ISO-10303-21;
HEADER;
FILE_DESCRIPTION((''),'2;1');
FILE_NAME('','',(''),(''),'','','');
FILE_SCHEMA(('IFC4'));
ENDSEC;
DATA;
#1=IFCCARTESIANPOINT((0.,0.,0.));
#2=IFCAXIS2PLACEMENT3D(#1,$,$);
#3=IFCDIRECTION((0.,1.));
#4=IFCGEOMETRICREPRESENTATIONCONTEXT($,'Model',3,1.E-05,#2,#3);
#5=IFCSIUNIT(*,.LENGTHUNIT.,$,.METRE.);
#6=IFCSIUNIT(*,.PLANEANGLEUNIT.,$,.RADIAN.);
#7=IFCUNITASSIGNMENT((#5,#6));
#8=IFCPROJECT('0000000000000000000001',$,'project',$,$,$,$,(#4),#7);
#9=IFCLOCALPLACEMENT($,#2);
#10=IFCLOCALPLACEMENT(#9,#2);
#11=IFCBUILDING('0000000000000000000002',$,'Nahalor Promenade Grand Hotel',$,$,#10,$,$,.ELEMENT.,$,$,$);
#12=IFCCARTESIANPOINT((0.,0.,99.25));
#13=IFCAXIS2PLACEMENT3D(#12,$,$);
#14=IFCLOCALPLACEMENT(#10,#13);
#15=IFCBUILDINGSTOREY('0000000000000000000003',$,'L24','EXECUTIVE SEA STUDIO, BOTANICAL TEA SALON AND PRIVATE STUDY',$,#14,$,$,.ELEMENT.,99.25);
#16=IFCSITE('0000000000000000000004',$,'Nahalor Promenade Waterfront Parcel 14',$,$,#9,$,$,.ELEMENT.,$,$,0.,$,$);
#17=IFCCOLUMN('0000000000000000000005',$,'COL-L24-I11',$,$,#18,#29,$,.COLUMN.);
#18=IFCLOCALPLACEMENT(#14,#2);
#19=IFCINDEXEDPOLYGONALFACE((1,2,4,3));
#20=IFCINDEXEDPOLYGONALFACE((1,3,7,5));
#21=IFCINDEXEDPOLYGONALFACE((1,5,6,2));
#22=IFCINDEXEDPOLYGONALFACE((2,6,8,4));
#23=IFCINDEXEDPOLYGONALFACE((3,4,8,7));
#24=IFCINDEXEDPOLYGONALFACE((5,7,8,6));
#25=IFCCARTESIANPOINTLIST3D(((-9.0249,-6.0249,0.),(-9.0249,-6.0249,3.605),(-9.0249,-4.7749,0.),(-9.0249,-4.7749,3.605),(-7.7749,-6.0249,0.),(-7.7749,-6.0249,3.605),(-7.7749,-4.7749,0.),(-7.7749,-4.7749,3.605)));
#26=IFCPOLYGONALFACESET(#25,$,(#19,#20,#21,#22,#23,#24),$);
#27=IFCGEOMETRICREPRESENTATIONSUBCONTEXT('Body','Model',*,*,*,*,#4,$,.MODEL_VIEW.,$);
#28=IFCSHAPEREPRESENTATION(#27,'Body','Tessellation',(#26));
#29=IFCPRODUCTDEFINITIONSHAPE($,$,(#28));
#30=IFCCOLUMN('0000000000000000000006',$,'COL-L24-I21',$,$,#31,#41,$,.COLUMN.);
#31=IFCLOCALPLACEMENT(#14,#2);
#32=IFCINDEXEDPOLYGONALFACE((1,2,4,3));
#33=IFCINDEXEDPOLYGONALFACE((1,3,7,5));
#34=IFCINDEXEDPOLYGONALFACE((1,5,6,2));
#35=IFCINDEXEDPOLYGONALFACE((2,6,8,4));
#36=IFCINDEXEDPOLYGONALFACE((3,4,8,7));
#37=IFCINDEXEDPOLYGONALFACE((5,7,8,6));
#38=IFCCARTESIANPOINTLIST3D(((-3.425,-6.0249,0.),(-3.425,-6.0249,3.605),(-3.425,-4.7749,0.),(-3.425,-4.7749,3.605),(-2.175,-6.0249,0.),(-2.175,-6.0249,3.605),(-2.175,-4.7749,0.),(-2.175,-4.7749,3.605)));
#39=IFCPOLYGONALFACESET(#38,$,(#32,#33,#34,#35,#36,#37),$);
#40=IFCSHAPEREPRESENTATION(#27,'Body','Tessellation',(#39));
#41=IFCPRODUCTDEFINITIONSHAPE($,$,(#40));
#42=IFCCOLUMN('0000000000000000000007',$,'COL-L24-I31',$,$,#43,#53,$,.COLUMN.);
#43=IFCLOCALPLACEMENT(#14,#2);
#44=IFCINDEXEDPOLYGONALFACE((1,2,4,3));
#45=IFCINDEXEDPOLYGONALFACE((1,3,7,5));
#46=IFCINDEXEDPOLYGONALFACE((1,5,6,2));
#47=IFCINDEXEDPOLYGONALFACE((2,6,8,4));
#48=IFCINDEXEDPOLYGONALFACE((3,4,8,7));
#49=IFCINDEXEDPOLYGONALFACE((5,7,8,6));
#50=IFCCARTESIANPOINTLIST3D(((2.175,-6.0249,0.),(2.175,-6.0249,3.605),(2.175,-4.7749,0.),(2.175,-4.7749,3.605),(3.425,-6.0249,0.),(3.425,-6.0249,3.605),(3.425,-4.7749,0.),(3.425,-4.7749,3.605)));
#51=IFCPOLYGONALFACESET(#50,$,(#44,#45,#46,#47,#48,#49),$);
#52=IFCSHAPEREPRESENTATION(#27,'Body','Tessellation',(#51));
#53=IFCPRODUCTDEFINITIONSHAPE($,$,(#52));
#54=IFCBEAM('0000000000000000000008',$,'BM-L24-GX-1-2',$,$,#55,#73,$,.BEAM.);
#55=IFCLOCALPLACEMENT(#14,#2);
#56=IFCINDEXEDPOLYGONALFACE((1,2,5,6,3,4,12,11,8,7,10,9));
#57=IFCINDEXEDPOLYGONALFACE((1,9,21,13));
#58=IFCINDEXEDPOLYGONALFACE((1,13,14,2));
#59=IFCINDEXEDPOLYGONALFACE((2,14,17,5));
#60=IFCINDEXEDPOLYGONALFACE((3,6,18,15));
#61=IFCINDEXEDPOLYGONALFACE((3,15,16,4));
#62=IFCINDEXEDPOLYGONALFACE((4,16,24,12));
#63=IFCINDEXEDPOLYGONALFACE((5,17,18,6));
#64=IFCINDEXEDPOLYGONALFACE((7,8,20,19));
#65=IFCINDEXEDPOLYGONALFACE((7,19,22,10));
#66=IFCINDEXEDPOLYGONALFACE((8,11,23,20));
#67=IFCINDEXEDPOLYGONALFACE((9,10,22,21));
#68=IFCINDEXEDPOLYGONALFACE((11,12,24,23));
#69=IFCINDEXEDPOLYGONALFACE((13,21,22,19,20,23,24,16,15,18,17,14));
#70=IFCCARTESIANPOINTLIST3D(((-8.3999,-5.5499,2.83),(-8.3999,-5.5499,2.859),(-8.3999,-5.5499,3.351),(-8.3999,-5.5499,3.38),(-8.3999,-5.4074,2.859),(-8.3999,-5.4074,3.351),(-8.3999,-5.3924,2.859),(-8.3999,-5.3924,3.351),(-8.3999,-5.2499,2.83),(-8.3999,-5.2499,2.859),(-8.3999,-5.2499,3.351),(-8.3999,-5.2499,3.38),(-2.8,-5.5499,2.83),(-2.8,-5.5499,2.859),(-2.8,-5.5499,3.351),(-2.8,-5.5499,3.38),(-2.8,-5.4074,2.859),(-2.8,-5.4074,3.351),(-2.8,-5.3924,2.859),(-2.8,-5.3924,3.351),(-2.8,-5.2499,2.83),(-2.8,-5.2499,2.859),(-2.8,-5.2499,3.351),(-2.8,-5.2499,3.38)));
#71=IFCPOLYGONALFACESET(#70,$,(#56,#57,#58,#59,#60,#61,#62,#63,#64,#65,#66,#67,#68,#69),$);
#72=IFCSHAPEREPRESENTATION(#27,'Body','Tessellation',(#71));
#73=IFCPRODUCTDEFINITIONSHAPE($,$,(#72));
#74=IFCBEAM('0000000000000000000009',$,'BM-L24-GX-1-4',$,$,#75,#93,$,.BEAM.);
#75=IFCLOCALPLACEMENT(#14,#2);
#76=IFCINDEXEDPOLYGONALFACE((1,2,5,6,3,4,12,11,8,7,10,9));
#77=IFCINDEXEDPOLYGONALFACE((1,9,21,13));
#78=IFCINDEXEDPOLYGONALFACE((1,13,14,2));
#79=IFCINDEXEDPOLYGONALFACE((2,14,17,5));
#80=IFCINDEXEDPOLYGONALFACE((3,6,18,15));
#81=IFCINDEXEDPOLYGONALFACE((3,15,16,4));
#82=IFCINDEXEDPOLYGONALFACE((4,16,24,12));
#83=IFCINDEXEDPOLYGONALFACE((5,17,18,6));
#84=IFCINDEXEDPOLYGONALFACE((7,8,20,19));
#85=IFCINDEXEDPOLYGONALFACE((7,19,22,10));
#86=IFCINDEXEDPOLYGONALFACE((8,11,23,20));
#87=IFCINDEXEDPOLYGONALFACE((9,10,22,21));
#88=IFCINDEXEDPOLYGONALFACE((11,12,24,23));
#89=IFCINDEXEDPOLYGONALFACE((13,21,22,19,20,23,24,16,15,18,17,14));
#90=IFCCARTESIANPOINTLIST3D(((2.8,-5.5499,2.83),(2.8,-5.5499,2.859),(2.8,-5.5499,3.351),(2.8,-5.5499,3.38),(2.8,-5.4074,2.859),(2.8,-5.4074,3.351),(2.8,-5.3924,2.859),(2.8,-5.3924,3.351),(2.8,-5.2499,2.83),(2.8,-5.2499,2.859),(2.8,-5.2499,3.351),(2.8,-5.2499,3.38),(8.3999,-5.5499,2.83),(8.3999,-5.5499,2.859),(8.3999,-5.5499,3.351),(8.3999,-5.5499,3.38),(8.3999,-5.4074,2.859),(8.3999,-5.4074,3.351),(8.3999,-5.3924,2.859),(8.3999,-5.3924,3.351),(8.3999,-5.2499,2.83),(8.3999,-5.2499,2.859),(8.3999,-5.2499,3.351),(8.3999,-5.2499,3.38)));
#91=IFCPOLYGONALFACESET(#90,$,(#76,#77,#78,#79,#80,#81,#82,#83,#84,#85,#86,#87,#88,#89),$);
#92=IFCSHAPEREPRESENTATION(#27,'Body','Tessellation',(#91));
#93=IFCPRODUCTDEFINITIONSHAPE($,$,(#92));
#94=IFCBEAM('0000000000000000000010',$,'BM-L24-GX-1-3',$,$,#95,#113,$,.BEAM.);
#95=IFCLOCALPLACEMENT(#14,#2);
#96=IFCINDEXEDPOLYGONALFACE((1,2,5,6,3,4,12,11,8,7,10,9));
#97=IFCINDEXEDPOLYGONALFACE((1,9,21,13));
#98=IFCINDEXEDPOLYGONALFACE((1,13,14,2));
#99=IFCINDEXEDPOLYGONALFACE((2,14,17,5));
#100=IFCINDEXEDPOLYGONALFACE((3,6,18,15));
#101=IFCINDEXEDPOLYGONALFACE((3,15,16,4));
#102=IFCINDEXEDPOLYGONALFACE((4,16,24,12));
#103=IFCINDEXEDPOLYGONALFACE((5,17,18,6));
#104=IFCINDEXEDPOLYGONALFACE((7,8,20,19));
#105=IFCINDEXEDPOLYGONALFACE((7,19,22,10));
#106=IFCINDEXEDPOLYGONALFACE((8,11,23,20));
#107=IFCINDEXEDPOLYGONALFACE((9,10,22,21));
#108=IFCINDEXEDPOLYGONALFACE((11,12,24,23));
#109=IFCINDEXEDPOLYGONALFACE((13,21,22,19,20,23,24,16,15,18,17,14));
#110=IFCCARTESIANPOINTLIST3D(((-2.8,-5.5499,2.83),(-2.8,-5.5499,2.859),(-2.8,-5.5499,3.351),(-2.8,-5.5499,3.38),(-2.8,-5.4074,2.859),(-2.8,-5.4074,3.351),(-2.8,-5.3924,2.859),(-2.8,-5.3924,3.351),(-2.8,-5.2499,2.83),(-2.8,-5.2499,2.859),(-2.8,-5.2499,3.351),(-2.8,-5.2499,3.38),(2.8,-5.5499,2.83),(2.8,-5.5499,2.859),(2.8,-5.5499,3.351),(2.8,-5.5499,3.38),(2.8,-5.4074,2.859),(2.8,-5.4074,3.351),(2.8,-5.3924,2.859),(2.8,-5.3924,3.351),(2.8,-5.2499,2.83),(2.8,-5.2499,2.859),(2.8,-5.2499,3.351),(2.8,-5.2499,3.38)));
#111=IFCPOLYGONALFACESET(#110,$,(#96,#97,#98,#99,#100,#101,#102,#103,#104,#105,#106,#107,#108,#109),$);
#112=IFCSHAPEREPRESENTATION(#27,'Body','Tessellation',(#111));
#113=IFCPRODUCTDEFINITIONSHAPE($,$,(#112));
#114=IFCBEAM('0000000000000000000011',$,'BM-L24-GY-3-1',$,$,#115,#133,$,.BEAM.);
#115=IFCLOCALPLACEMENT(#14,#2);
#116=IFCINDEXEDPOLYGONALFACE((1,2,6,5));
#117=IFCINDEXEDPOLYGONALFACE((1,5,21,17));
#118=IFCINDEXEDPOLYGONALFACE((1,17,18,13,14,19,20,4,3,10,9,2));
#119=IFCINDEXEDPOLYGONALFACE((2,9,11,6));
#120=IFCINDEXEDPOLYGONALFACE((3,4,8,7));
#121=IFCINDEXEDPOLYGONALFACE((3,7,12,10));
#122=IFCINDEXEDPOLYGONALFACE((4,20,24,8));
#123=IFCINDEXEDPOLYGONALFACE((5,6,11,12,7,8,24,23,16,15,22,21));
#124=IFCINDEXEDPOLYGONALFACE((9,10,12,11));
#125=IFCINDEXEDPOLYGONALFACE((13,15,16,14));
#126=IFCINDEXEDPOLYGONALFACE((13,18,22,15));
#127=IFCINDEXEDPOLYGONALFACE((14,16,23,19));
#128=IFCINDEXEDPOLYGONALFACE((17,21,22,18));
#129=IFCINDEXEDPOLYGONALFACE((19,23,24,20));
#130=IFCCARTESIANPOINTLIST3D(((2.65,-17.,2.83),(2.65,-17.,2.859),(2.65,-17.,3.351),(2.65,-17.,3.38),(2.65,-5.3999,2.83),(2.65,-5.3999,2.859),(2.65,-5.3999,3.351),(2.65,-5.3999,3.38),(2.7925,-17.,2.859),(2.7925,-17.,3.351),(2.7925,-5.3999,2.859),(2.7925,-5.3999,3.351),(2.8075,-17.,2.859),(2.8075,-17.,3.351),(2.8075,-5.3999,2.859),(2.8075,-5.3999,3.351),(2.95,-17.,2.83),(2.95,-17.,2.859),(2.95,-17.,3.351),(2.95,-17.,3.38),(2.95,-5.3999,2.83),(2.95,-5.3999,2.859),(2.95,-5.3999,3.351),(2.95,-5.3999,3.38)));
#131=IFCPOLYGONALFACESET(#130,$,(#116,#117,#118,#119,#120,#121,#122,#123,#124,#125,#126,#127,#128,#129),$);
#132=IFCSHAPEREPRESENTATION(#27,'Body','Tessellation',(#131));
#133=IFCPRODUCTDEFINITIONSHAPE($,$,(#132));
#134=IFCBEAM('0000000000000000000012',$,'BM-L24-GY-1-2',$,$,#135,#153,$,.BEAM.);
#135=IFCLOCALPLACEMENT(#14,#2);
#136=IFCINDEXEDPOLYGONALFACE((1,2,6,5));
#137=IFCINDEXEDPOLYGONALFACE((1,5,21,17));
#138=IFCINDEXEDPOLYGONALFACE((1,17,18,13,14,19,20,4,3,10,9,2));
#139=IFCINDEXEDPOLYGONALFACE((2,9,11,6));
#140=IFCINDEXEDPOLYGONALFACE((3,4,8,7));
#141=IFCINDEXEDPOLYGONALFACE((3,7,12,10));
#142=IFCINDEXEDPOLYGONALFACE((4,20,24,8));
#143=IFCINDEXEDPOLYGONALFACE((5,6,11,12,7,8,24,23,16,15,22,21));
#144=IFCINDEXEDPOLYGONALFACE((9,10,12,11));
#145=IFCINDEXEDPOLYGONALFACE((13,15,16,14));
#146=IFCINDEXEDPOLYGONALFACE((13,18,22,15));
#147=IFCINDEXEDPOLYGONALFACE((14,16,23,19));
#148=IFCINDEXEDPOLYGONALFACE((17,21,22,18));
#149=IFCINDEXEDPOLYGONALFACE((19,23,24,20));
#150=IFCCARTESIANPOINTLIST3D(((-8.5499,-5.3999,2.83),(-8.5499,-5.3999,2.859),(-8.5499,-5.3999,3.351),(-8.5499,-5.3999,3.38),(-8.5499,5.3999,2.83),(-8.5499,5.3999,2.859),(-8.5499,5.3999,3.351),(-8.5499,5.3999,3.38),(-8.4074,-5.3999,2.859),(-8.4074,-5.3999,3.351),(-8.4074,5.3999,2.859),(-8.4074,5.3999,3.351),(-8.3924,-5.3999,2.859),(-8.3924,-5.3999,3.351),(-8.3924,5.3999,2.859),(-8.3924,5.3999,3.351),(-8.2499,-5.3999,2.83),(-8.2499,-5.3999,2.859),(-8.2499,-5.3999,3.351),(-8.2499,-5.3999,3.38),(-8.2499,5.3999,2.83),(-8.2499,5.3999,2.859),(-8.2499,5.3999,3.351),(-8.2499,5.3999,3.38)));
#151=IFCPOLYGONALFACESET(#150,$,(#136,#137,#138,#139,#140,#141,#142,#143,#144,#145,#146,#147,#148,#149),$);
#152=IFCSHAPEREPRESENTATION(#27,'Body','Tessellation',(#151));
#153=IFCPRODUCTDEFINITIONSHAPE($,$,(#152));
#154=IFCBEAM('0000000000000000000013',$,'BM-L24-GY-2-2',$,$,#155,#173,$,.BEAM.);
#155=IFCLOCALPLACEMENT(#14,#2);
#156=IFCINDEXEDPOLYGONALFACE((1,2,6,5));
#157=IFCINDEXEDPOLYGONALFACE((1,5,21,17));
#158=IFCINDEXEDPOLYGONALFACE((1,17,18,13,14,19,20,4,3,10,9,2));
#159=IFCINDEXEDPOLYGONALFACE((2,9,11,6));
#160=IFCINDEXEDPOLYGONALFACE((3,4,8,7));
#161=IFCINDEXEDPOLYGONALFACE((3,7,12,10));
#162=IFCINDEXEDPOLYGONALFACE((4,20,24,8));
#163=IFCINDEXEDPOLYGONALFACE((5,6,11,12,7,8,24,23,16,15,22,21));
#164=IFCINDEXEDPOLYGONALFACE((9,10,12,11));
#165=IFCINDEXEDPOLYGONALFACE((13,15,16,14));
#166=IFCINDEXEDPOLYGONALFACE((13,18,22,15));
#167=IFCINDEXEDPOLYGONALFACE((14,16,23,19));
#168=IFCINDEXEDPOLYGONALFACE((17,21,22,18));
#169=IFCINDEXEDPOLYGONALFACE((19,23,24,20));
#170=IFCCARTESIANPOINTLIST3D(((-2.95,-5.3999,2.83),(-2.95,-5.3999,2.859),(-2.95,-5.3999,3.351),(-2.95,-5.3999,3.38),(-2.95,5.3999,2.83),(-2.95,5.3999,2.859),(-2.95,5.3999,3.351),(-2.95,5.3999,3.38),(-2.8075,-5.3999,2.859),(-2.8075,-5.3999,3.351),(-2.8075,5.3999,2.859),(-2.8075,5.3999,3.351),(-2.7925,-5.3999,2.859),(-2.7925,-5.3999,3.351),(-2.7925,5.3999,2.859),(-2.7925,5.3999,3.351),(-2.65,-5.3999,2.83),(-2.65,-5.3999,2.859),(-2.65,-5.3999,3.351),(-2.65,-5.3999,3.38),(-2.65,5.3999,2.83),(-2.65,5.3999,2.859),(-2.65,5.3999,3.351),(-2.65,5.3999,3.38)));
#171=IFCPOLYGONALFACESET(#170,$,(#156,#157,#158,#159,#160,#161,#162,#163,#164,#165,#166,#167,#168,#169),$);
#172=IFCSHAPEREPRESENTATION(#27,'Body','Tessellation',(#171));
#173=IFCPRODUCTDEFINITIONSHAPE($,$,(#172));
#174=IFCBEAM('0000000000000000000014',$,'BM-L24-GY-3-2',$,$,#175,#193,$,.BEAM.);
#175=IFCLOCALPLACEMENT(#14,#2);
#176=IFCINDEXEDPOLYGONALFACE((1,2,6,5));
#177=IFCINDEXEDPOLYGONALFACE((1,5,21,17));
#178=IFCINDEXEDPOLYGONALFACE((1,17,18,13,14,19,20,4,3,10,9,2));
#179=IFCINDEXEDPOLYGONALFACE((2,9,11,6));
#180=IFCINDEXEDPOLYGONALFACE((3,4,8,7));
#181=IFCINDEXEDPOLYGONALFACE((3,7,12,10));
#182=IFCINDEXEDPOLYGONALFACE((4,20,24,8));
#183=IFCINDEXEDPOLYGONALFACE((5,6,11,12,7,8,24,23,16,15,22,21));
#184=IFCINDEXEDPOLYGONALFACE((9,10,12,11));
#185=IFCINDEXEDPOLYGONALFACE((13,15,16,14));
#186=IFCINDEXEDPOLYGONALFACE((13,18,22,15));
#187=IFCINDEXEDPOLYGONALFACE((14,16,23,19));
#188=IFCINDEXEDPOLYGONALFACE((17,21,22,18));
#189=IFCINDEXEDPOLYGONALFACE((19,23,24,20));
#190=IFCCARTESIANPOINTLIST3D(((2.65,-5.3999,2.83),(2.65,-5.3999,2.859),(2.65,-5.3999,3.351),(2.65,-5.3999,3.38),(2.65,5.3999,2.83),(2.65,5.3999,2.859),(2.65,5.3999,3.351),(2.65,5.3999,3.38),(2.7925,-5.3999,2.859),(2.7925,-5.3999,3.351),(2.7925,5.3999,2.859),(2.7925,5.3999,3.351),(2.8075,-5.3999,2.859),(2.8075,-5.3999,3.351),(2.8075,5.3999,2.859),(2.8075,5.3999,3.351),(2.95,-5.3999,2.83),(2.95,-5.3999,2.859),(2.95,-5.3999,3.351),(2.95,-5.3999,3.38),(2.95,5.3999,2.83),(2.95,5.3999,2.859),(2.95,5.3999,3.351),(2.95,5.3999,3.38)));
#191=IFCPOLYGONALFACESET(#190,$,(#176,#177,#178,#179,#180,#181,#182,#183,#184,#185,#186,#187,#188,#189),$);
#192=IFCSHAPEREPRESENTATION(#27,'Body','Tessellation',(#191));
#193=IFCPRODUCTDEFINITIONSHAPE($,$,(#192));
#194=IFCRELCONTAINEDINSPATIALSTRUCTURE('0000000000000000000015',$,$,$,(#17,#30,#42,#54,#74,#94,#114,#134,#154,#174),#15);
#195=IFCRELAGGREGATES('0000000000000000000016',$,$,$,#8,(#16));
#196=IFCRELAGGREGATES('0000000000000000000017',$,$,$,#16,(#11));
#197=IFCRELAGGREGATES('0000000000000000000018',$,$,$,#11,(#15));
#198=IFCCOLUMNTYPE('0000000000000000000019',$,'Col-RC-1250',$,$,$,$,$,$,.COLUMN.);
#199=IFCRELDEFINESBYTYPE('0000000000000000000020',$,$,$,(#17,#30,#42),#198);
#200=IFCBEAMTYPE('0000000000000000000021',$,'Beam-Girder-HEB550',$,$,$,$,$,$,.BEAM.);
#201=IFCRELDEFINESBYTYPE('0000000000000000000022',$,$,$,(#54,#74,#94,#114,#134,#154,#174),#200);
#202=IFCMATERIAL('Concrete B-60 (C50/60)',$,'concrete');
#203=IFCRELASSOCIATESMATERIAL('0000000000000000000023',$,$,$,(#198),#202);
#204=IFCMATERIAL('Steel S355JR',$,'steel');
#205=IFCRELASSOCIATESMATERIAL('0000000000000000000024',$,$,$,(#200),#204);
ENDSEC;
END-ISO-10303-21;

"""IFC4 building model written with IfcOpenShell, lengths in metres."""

from ifc_helpers import new_model, si_unit, direction, frame, origin, origin_2d, place, context, subcontext, project, spatial, rectangle, i_section, extrude, source, transform, mapped, material, material_profile, profile_set, type_object, element, save


model = new_model("IFC4")

# Units and contexts
model_context = context("Model", 3, precision=1e-05, world=origin(), true_north=direction((0.0, 1.0)))
body_context = subcontext(model_context, "Body", "Model", "MODEL_VIEW")
ifc_project = project(units=[si_unit("LENGTHUNIT", "METRE"), si_unit("PLANEANGLEUNIT", "RADIAN")], contexts=[model_context])

# Site, building, storey
site_placement = place(None, origin())
site = spatial("IfcSite", under=ifc_project, at=site_placement, Name="Nahalor Promenade Waterfront Parcel 14", CompositionType="ELEMENT", RefElevation=0.0)
building_placement = place(site_placement, origin())
building = spatial("IfcBuilding", under=site, at=building_placement, Name="Nahalor Promenade Grand Hotel", CompositionType="ELEMENT")
storey_placement = place(building_placement, frame((0.0, 0.0, 99.25)))
storey = spatial("IfcBuildingStorey", under=building, at=storey_placement, Name="L24", Description="EXECUTIVE SEA STUDIO, BOTANICAL TEA SALON AND PRIVATE STUDY", CompositionType="ELEMENT", Elevation=99.25)

# Columns
ifc_material_1 = material(Name="Concrete B-60 (C50/60)", Category="concrete")
ifc_material_profile_1 = material_profile(ifc_material_1, rectangle(XDim=1.25, YDim=1.25, at=origin_2d()), Name="RC 1250x1250")
ifc_profile_set_1 = profile_set([ifc_material_profile_1], Name="Concrete B-60 (C50/60)")
column_type = type_object("IfcColumnType", Name="Col-RC-1250", PredefinedType="COLUMN", material=ifc_profile_set_1)
shared_shape_1 = source(origin(), body_context, "Body", "SweptSolid", [
    extrude(rectangle(XDim=1.25, YDim=1.25, at=origin_2d()), origin(), (0.0, 0.0, 1.0), 3.605),
])
for number, where, z_axis, x_axis, name in (
    (1, (-8.3999, -5.3999, 0.0), (0.0, 0.0, 1.0), (1.0, 0.0, 0.0), "COL-L24-I11"),
    (2, (-2.8, -5.3999, 0.0), (0.0, 0.0, 1.0), (1.0, 0.0, 0.0), "COL-L24-I21"),
    (3, (2.8, -5.3999, 0.0), (0.0, 0.0, 1.0), (1.0, 0.0, 0.0), "COL-L24-I31"),
):
    element("IfcColumn", number, at=place(storey_placement, frame(where, z_axis=z_axis, x_axis=x_axis)), inside=storey, type_object=column_type, Name=name, PredefinedType="COLUMN", context=body_context, shape_type="MappedRepresentation", body=[
        mapped(shared_shape_1, transform((0.0, 0.0, 0.0), scale=1.0)),
    ])

# Beams
ifc_material_2 = material(Name="Steel S355JR", Category="steel")
ifc_material_profile_2 = material_profile(ifc_material_2, i_section(OverallWidth=0.3, OverallDepth=0.55, WebThickness=0.015, FlangeThickness=0.029, at=origin_2d()), Name="HEB 550")
ifc_profile_set_2 = profile_set([ifc_material_profile_2], Name="Steel S355JR")
beam_type = type_object("IfcBeamType", Name="Beam-Girder-HEB550", PredefinedType="BEAM", material=ifc_profile_set_2)
shared_shape_2 = source(origin(), body_context, "Body", "SweptSolid", [
    extrude(i_section(OverallWidth=0.3, OverallDepth=0.55, WebThickness=0.015, FlangeThickness=0.029, at=origin_2d()), origin(), (0.0, 0.0, 1.0), 5.5999),
])
for number, where, z_axis, x_axis, name in (
    (4, (-8.3999, -5.3999, 3.105), (1.0, 0.0, 0.0), (0.0, 1.0, 0.0), "BM-L24-GX-1-2"),
    (5, (2.8, -5.3999, 3.105), (1.0, 0.0, 0.0), (0.0, 1.0, 0.0), "BM-L24-GX-1-4"),
):
    element("IfcBeam", number, at=place(storey_placement, frame(where, z_axis=z_axis, x_axis=x_axis)), inside=storey, type_object=beam_type, Name=name, PredefinedType="BEAM", context=body_context, shape_type="MappedRepresentation", body=[
        mapped(shared_shape_2, transform((0.0, 0.0, 0.0), scale=1.0)),
    ])
shared_shape_3 = source(origin(), body_context, "Body", "SweptSolid", [
    extrude(i_section(OverallWidth=0.3, OverallDepth=0.55, WebThickness=0.015, FlangeThickness=0.029, at=origin_2d()), origin(), (0.0, 0.0, 1.0), 5.6001),
])
beam_1_placement = place(storey_placement, frame((-2.8, -5.3999, 3.105), z_axis=(1.0, 0.0, 0.0), x_axis=(0.0, 1.0, 0.0)))
element("IfcBeam", 6, at=beam_1_placement, inside=storey, type_object=beam_type, Name="BM-L24-GX-1-3", PredefinedType="BEAM", context=body_context, shape_type="MappedRepresentation", body=[
    mapped(shared_shape_3, transform((0.0, 0.0, 0.0), scale=1.0)),
])
shared_shape_4 = source(origin(), body_context, "Body", "SweptSolid", [
    extrude(i_section(OverallWidth=0.3, OverallDepth=0.55, WebThickness=0.015, FlangeThickness=0.029, at=origin_2d()), origin(), (0.0, 0.0, 1.0), 11.6001),
])
beam_2_placement = place(storey_placement, frame((2.8, -17.0, 3.105), z_axis=(0.0, 1.0, 0.0), x_axis=(-1.0, 0.0, 0.0)))
element("IfcBeam", 7, at=beam_2_placement, inside=storey, type_object=beam_type, Name="BM-L24-GY-3-1", PredefinedType="BEAM", context=body_context, shape_type="MappedRepresentation", body=[
    mapped(shared_shape_4, transform((0.0, 0.0, 0.0), scale=1.0)),
])
shared_shape_5 = source(origin(), body_context, "Body", "SweptSolid", [
    extrude(i_section(OverallWidth=0.3, OverallDepth=0.55, WebThickness=0.015, FlangeThickness=0.029, at=origin_2d()), origin(), (0.0, 0.0, 1.0), 10.7998),
])
for number, where, z_axis, x_axis, name in (
    (8, (-8.3999, -5.3999, 3.105), (0.0, 1.0, 0.0), (-1.0, 0.0, 0.0), "BM-L24-GY-1-2"),
    (9, (-2.8, -5.3999, 3.105), (0.0, 1.0, 0.0), (-1.0, 0.0, 0.0), "BM-L24-GY-2-2"),
    (10, (2.8, -5.3999, 3.105), (0.0, 1.0, 0.0), (-1.0, 0.0, 0.0), "BM-L24-GY-3-2"),
):
    element("IfcBeam", number, at=place(storey_placement, frame(where, z_axis=z_axis, x_axis=x_axis)), inside=storey, type_object=beam_type, Name=name, PredefinedType="BEAM", context=body_context, shape_type="MappedRepresentation", body=[
        mapped(shared_shape_5, transform((0.0, 0.0, 0.0), scale=1.0)),
    ])

save(model, "model.ifc")
